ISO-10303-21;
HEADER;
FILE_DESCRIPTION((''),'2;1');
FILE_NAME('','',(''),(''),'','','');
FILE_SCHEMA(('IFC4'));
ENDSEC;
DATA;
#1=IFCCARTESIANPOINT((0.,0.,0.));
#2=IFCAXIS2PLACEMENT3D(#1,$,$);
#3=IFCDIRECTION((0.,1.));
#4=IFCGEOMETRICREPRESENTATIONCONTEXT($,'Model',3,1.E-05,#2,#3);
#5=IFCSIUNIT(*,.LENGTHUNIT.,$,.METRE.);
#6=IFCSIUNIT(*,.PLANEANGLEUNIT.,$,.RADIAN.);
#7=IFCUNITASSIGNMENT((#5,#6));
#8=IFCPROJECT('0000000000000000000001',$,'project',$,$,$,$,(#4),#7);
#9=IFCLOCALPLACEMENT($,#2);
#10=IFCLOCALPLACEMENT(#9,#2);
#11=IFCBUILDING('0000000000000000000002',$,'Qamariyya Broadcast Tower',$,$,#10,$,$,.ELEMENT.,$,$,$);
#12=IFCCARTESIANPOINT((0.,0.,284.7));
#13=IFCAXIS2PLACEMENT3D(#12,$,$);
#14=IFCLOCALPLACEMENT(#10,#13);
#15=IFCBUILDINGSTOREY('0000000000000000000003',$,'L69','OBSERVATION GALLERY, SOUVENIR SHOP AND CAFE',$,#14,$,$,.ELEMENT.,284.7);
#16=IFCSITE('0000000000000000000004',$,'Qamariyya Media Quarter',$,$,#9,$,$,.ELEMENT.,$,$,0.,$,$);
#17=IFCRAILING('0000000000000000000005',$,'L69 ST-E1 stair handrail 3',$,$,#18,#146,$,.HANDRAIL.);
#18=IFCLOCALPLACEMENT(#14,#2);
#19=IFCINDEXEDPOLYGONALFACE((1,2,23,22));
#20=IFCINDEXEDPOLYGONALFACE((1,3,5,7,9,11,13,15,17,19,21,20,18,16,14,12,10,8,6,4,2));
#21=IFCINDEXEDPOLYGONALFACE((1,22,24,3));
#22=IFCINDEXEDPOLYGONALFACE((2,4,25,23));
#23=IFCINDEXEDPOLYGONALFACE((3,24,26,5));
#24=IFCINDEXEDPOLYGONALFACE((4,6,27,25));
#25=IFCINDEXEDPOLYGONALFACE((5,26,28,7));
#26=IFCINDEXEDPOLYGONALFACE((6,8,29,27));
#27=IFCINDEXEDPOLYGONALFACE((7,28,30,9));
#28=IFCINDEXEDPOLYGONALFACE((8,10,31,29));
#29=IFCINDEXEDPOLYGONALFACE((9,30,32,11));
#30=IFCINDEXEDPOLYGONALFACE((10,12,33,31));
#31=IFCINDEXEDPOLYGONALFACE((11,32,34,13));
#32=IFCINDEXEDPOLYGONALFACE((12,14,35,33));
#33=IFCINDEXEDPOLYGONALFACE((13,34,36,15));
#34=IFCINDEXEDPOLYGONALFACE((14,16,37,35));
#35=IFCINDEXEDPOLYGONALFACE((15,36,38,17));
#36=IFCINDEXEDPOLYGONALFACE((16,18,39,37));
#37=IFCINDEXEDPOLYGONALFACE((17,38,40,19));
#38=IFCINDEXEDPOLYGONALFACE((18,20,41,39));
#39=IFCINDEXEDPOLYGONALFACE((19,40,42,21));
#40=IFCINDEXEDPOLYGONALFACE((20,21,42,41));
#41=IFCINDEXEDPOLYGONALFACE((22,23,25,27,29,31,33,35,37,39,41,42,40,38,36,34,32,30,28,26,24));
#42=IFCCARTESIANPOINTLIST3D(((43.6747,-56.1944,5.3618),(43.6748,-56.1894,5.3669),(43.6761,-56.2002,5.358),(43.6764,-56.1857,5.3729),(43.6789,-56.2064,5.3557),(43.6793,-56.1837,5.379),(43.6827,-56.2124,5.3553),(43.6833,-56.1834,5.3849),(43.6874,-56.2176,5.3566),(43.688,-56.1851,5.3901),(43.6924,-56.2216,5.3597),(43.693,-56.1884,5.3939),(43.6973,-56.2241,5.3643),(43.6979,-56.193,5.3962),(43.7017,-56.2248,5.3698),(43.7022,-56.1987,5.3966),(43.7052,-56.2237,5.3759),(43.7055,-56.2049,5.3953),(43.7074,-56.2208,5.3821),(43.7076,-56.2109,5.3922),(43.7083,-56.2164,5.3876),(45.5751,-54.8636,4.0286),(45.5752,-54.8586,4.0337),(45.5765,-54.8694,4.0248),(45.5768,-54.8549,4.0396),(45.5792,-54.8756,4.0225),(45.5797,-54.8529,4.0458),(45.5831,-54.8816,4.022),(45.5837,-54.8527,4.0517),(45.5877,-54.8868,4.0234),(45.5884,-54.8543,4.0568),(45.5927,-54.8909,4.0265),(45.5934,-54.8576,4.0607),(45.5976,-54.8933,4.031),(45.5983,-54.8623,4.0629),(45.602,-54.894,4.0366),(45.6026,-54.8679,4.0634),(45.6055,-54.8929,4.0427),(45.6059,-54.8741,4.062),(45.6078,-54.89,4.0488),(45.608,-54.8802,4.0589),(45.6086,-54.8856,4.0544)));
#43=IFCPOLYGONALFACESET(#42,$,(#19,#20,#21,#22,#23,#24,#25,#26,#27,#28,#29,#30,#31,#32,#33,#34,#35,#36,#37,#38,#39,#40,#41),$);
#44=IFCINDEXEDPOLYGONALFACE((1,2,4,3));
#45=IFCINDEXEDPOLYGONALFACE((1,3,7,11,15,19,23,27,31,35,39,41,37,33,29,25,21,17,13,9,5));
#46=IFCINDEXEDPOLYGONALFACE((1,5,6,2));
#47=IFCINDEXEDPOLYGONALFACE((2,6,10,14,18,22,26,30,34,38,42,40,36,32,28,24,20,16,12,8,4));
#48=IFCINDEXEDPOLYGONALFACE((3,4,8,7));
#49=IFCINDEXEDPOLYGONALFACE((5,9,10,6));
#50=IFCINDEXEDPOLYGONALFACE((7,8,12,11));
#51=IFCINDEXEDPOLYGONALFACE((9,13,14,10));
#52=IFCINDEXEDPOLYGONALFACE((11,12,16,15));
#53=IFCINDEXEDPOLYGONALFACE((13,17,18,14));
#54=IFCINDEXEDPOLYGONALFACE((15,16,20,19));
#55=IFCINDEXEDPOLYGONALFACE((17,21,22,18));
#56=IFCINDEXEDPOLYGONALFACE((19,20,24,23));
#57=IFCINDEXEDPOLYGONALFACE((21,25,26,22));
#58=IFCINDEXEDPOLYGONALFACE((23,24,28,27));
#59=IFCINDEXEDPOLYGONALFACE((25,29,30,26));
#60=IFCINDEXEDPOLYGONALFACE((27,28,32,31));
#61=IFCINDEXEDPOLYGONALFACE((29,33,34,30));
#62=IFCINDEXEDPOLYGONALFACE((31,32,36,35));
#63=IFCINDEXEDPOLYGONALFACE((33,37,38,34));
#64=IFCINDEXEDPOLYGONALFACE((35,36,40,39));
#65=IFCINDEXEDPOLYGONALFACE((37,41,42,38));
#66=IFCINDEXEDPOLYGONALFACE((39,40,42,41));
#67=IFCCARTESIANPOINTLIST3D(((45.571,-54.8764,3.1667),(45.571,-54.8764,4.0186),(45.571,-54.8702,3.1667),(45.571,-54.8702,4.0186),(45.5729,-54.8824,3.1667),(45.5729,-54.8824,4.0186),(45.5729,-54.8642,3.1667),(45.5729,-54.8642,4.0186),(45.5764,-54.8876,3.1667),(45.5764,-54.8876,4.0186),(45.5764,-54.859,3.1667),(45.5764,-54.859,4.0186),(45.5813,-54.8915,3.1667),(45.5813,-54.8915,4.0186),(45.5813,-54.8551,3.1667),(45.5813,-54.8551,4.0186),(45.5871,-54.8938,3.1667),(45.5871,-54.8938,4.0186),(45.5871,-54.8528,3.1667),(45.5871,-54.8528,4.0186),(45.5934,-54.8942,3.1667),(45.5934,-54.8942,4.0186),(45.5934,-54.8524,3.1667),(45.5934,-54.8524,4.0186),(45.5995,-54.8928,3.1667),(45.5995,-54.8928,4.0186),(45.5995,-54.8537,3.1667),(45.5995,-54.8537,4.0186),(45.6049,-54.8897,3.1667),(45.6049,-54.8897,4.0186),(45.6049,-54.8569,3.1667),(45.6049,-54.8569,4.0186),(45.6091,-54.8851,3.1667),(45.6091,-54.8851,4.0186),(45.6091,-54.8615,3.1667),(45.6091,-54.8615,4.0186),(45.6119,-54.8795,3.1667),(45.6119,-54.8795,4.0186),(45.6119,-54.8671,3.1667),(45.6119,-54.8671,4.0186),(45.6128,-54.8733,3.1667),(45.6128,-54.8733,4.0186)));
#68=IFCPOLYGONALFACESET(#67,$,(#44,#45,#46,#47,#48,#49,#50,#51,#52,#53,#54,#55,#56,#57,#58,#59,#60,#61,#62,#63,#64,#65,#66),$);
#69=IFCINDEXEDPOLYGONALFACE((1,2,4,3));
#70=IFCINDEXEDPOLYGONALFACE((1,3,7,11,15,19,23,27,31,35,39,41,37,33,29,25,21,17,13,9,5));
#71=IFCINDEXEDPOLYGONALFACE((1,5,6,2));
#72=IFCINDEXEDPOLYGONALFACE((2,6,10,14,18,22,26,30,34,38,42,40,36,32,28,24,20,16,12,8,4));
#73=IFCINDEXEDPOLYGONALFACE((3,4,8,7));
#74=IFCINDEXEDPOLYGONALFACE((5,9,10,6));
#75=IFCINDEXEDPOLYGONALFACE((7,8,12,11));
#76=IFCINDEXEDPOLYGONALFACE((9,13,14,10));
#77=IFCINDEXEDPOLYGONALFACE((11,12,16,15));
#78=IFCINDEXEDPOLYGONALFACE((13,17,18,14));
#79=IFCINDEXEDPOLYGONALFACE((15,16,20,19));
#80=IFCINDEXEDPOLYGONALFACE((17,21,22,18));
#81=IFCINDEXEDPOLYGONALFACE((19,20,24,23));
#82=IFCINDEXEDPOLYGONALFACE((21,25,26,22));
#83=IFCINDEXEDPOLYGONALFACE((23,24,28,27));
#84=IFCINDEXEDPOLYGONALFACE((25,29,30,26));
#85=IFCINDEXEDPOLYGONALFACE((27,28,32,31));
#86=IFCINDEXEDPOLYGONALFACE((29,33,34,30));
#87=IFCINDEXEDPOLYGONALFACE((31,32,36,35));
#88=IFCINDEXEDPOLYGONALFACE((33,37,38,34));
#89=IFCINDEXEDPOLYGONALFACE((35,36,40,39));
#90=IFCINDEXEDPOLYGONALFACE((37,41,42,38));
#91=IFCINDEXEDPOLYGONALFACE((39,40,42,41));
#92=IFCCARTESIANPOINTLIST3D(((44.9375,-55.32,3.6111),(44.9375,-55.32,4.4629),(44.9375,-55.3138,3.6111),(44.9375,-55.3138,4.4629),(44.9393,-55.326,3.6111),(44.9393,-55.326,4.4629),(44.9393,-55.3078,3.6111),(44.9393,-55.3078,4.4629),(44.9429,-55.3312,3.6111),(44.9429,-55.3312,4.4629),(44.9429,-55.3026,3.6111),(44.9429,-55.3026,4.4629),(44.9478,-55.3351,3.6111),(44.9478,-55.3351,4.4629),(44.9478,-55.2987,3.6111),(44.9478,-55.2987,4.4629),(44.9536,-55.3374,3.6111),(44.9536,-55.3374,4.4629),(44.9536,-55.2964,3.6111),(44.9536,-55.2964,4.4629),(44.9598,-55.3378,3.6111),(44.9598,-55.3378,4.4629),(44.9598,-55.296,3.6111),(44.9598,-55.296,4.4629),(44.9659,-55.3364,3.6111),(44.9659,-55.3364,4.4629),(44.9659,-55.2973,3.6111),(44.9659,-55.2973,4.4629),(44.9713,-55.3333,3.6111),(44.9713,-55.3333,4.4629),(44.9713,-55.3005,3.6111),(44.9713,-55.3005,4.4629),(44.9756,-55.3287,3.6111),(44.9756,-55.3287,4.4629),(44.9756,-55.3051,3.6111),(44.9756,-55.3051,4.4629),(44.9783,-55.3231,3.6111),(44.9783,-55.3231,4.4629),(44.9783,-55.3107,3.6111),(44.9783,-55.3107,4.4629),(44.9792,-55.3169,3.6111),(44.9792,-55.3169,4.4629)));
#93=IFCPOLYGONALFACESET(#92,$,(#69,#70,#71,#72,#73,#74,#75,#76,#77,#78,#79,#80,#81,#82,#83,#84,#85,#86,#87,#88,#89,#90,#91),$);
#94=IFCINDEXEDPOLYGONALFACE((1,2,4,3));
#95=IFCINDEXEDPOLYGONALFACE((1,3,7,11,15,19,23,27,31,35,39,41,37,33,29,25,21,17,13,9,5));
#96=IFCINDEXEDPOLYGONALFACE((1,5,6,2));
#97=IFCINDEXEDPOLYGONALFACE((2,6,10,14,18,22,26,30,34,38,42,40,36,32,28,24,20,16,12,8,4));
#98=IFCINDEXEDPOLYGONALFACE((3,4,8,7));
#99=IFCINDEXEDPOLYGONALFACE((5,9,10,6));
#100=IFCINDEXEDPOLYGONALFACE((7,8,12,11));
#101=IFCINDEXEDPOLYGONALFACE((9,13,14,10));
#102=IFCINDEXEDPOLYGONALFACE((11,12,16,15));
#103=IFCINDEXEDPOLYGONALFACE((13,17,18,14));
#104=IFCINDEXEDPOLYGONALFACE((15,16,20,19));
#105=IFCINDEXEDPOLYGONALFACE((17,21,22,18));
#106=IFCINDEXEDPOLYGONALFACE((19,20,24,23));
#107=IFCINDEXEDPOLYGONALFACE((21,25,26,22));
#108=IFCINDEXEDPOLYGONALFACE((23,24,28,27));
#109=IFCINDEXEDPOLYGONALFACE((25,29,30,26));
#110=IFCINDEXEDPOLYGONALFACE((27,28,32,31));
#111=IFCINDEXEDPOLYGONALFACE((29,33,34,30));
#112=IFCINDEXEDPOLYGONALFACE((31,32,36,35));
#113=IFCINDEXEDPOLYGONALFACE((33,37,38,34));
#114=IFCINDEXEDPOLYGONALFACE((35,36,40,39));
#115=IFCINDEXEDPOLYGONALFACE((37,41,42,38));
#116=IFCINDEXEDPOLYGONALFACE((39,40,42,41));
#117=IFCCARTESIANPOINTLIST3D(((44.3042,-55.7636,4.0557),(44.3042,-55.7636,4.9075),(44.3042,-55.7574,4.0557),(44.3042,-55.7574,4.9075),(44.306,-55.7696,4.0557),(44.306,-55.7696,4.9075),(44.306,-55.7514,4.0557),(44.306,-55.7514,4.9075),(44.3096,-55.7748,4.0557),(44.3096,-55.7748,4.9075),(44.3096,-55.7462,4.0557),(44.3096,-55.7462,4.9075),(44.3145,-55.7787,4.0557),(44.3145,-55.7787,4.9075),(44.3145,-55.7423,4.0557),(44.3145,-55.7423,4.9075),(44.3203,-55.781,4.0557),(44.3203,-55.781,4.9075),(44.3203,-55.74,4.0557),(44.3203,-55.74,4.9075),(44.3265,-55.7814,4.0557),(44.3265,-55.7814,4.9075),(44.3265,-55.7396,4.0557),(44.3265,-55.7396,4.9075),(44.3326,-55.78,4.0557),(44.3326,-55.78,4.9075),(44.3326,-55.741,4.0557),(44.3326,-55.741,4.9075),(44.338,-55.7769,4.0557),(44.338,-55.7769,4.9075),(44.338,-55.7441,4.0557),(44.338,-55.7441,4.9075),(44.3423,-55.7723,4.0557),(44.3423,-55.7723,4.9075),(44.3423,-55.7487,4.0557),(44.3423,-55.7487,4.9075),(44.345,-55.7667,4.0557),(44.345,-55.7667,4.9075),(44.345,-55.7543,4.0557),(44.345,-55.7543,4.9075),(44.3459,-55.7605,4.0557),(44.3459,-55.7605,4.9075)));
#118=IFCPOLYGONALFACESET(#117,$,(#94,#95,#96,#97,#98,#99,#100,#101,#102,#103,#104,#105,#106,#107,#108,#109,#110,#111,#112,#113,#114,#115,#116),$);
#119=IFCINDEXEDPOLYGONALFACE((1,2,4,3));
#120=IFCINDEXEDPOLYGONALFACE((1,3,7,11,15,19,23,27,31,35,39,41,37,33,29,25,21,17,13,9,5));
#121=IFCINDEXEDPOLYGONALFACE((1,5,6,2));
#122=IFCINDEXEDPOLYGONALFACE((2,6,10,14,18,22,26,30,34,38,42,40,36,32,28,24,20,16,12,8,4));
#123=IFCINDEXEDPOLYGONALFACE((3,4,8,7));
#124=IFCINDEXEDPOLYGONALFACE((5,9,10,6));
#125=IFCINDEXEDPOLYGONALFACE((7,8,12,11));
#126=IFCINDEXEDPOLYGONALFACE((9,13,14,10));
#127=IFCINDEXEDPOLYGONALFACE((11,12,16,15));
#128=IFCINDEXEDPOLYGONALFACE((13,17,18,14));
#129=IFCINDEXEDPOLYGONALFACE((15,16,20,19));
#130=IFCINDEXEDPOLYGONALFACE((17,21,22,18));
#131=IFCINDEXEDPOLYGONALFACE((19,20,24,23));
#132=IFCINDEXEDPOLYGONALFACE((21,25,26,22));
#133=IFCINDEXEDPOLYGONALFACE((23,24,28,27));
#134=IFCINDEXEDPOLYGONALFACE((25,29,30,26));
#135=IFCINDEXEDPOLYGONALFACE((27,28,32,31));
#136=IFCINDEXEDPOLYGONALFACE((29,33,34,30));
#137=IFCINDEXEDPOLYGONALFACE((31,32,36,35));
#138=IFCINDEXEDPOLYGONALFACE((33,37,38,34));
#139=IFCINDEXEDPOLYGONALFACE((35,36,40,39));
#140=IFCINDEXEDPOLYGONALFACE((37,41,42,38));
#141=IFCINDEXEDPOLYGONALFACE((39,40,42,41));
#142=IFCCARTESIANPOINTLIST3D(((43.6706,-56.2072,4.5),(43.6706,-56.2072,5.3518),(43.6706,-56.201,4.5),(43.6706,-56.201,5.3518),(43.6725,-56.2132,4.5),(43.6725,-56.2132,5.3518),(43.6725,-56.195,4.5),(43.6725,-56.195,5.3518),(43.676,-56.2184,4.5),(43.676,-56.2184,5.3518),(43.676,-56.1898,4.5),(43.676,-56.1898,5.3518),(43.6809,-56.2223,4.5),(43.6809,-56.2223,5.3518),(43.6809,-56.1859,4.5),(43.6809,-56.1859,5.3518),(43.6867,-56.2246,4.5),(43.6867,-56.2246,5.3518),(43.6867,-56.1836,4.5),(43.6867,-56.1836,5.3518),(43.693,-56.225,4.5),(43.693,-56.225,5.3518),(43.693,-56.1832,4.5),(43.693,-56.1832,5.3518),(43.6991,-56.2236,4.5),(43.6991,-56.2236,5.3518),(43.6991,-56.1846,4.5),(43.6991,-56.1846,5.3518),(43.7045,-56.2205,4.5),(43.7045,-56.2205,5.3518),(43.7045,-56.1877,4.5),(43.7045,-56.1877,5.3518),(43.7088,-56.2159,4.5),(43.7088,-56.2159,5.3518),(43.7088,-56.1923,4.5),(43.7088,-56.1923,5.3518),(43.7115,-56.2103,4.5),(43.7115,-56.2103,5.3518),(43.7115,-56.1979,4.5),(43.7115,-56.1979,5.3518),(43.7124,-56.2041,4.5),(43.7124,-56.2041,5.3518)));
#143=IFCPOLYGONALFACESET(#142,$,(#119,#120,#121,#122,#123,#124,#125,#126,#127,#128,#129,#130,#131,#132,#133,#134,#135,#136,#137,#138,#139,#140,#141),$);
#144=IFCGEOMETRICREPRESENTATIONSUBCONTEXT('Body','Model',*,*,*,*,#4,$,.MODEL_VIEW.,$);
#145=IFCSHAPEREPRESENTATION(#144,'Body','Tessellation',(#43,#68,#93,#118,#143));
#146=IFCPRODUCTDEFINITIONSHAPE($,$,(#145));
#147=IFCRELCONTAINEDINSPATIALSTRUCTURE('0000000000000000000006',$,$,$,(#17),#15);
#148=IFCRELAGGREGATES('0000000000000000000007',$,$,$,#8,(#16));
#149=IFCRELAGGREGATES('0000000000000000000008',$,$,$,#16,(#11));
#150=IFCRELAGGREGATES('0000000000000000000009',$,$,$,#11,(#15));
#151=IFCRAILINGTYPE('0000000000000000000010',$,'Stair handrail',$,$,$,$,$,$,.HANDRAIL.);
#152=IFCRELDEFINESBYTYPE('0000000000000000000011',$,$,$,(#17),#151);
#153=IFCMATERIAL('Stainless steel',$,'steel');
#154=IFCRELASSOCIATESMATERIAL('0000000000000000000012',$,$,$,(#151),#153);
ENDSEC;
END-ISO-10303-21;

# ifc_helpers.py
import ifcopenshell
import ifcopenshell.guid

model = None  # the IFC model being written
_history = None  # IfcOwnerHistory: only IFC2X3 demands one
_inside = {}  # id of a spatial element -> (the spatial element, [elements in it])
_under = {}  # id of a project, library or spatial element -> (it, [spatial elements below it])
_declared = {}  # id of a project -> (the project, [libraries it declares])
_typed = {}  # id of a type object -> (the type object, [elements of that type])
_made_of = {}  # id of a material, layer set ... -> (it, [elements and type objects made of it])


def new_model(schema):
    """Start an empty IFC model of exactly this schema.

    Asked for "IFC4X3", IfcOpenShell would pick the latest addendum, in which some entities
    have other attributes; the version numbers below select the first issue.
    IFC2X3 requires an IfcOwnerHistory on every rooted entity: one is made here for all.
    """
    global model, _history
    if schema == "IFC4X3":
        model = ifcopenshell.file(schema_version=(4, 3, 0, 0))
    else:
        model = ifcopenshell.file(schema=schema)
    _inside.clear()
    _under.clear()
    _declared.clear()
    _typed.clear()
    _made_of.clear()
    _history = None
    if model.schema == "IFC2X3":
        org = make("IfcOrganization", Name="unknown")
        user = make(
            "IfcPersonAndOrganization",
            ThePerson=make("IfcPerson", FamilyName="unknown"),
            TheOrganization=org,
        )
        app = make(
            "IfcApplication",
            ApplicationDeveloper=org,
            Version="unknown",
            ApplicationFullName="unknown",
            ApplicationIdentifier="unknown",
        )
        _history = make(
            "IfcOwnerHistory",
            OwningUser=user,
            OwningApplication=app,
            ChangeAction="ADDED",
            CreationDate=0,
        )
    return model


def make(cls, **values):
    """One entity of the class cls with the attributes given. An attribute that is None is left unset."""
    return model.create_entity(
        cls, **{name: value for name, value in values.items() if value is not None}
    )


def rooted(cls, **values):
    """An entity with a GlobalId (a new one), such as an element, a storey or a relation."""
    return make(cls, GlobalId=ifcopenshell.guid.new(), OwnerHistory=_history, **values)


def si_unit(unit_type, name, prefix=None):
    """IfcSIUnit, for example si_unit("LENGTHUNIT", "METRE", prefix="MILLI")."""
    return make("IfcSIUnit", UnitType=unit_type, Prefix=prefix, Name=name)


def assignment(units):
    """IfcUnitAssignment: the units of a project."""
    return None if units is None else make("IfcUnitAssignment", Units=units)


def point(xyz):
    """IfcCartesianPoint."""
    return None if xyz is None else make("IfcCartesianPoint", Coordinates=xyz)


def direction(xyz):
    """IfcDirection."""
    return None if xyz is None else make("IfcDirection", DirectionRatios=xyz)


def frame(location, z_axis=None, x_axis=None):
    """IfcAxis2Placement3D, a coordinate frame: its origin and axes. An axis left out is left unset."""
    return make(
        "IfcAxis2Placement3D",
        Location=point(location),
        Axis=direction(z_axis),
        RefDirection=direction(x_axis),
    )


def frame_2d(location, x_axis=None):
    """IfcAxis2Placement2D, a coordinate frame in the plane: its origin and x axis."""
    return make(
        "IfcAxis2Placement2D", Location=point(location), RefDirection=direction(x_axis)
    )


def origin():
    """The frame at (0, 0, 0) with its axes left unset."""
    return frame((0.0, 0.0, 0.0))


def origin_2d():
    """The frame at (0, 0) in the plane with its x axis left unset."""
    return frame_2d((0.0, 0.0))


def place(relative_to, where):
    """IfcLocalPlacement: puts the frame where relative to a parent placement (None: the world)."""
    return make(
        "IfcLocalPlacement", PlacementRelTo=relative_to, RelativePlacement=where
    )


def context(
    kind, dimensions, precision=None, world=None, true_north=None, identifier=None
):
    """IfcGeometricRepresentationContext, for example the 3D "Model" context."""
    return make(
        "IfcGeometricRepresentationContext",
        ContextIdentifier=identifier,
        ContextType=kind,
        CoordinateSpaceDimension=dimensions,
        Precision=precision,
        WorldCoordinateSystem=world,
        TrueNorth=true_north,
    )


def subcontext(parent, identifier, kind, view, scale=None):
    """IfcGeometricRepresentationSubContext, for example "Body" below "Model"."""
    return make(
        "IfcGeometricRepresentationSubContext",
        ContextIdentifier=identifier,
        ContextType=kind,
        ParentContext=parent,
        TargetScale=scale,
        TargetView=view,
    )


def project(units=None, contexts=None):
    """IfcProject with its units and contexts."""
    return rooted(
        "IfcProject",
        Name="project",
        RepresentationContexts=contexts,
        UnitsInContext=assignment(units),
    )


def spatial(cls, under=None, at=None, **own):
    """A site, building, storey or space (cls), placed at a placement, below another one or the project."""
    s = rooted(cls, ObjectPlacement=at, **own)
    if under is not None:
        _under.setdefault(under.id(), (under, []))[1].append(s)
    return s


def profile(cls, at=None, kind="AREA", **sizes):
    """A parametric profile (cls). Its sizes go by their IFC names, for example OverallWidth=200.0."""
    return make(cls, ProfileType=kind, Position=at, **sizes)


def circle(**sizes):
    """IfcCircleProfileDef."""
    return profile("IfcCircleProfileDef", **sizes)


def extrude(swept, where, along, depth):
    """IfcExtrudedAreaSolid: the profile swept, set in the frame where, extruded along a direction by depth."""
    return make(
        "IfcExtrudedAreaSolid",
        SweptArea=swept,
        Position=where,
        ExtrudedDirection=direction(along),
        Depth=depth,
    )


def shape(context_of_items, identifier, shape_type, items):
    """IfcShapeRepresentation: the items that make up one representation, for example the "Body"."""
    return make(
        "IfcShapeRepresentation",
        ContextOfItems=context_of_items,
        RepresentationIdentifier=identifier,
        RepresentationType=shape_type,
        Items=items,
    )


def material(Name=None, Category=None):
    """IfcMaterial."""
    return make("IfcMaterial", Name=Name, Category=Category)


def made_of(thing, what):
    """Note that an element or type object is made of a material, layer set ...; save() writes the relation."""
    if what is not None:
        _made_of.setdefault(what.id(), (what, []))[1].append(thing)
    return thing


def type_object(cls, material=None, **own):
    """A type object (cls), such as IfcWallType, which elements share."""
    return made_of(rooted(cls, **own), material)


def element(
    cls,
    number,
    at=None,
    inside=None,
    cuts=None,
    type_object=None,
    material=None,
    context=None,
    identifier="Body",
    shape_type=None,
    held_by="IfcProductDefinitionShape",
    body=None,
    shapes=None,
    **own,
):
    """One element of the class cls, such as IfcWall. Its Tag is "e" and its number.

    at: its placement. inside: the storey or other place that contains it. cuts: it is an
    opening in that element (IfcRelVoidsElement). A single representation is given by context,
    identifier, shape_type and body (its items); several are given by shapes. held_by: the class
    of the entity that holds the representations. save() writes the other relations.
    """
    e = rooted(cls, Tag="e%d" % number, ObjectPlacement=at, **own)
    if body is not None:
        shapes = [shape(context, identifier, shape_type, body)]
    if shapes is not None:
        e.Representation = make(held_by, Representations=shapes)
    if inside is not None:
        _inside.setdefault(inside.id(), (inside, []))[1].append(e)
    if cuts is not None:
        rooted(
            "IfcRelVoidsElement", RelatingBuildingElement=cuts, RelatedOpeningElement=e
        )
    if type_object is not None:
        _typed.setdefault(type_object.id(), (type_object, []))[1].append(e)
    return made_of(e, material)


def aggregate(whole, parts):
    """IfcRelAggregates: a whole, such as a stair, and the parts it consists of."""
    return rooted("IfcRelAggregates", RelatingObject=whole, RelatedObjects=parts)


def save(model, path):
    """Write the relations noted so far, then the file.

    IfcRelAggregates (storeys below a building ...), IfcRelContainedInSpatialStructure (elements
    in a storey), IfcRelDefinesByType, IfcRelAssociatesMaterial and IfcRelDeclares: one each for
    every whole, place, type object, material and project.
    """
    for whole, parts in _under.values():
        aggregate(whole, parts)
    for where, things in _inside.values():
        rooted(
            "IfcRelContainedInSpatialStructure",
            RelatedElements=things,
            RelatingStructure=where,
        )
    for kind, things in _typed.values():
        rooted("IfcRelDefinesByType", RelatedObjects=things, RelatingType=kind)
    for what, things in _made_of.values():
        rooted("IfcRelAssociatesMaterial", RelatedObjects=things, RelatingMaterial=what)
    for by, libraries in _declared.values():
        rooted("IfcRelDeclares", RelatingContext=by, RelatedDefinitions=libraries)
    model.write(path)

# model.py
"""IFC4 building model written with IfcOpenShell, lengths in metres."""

from ifc_helpers import new_model, si_unit, direction, frame, origin, origin_2d, place, context, subcontext, project, spatial, circle, extrude, material, type_object, element, save


model = new_model("IFC4")

# Units and contexts
model_context = context("Model", 3, precision=1e-05, world=origin(), true_north=direction((0.0, 1.0)))
body_context = subcontext(model_context, "Body", "Model", "MODEL_VIEW")
ifc_project = project(units=[si_unit("LENGTHUNIT", "METRE"), si_unit("PLANEANGLEUNIT", "RADIAN")], contexts=[model_context])

# Site, building, storey
site_placement = place(None, origin())
site = spatial("IfcSite", under=ifc_project, at=site_placement, Name="Qamariyya Media Quarter", CompositionType="ELEMENT", RefElevation=0.0)
building_placement = place(site_placement, origin())
building = spatial("IfcBuilding", under=site, at=building_placement, Name="Qamariyya Broadcast Tower", CompositionType="ELEMENT")
storey_placement = place(building_placement, frame((0.0, 0.0, 284.7)))
storey = spatial("IfcBuildingStorey", under=building, at=storey_placement, Name="L69", Description="OBSERVATION GALLERY, SOUVENIR SHOP AND CAFE", CompositionType="ELEMENT", Elevation=284.7)

# Railing
ifc_material_1 = material(Name="Stainless steel", Category="steel")
railing_type_1 = type_object("IfcRailingType", Name="Stair handrail", PredefinedType="HANDRAIL", material=ifc_material_1)
for number, where, name in (
    (1, (45.5918, -54.8733, 3.1667), "L69 ST-E1 stair handrail 3"),
):
    element("IfcRailing", number, at=place(storey_placement, frame(where)), inside=storey, type_object=railing_type_1, Name=name, PredefinedType="HANDRAIL", context=body_context, shape_type="SweptSolid", body=[
        extrude(circle(Radius=0.0239, at=origin_2d()), frame((0.0, 0.0, 0.876), z_axis=(-0.710204, -0.497344, 0.498256), x_axis=(0.573618, -0.819123, 0.0)), (0.0, 0.0, 1.0), 2.6758),
        extrude(circle(Radius=0.021, at=origin_2d()), origin(), (0.0, 0.0, 1.0), 0.8518),
        extrude(circle(Radius=0.021, at=origin_2d()), frame((-0.6335, -0.4436, 0.4443)), (0.0, 0.0, 1.0), 0.8518),
        extrude(circle(Radius=0.021, at=origin_2d()), frame((-1.2668, -0.8872, 0.8889)), (0.0, 0.0, 1.0), 0.8518),
        extrude(circle(Radius=0.021, at=origin_2d()), frame((-1.9004, -1.3308, 1.3333)), (0.0, 0.0, 1.0), 0.8518),
    ])

save(model, "model.ifc")
